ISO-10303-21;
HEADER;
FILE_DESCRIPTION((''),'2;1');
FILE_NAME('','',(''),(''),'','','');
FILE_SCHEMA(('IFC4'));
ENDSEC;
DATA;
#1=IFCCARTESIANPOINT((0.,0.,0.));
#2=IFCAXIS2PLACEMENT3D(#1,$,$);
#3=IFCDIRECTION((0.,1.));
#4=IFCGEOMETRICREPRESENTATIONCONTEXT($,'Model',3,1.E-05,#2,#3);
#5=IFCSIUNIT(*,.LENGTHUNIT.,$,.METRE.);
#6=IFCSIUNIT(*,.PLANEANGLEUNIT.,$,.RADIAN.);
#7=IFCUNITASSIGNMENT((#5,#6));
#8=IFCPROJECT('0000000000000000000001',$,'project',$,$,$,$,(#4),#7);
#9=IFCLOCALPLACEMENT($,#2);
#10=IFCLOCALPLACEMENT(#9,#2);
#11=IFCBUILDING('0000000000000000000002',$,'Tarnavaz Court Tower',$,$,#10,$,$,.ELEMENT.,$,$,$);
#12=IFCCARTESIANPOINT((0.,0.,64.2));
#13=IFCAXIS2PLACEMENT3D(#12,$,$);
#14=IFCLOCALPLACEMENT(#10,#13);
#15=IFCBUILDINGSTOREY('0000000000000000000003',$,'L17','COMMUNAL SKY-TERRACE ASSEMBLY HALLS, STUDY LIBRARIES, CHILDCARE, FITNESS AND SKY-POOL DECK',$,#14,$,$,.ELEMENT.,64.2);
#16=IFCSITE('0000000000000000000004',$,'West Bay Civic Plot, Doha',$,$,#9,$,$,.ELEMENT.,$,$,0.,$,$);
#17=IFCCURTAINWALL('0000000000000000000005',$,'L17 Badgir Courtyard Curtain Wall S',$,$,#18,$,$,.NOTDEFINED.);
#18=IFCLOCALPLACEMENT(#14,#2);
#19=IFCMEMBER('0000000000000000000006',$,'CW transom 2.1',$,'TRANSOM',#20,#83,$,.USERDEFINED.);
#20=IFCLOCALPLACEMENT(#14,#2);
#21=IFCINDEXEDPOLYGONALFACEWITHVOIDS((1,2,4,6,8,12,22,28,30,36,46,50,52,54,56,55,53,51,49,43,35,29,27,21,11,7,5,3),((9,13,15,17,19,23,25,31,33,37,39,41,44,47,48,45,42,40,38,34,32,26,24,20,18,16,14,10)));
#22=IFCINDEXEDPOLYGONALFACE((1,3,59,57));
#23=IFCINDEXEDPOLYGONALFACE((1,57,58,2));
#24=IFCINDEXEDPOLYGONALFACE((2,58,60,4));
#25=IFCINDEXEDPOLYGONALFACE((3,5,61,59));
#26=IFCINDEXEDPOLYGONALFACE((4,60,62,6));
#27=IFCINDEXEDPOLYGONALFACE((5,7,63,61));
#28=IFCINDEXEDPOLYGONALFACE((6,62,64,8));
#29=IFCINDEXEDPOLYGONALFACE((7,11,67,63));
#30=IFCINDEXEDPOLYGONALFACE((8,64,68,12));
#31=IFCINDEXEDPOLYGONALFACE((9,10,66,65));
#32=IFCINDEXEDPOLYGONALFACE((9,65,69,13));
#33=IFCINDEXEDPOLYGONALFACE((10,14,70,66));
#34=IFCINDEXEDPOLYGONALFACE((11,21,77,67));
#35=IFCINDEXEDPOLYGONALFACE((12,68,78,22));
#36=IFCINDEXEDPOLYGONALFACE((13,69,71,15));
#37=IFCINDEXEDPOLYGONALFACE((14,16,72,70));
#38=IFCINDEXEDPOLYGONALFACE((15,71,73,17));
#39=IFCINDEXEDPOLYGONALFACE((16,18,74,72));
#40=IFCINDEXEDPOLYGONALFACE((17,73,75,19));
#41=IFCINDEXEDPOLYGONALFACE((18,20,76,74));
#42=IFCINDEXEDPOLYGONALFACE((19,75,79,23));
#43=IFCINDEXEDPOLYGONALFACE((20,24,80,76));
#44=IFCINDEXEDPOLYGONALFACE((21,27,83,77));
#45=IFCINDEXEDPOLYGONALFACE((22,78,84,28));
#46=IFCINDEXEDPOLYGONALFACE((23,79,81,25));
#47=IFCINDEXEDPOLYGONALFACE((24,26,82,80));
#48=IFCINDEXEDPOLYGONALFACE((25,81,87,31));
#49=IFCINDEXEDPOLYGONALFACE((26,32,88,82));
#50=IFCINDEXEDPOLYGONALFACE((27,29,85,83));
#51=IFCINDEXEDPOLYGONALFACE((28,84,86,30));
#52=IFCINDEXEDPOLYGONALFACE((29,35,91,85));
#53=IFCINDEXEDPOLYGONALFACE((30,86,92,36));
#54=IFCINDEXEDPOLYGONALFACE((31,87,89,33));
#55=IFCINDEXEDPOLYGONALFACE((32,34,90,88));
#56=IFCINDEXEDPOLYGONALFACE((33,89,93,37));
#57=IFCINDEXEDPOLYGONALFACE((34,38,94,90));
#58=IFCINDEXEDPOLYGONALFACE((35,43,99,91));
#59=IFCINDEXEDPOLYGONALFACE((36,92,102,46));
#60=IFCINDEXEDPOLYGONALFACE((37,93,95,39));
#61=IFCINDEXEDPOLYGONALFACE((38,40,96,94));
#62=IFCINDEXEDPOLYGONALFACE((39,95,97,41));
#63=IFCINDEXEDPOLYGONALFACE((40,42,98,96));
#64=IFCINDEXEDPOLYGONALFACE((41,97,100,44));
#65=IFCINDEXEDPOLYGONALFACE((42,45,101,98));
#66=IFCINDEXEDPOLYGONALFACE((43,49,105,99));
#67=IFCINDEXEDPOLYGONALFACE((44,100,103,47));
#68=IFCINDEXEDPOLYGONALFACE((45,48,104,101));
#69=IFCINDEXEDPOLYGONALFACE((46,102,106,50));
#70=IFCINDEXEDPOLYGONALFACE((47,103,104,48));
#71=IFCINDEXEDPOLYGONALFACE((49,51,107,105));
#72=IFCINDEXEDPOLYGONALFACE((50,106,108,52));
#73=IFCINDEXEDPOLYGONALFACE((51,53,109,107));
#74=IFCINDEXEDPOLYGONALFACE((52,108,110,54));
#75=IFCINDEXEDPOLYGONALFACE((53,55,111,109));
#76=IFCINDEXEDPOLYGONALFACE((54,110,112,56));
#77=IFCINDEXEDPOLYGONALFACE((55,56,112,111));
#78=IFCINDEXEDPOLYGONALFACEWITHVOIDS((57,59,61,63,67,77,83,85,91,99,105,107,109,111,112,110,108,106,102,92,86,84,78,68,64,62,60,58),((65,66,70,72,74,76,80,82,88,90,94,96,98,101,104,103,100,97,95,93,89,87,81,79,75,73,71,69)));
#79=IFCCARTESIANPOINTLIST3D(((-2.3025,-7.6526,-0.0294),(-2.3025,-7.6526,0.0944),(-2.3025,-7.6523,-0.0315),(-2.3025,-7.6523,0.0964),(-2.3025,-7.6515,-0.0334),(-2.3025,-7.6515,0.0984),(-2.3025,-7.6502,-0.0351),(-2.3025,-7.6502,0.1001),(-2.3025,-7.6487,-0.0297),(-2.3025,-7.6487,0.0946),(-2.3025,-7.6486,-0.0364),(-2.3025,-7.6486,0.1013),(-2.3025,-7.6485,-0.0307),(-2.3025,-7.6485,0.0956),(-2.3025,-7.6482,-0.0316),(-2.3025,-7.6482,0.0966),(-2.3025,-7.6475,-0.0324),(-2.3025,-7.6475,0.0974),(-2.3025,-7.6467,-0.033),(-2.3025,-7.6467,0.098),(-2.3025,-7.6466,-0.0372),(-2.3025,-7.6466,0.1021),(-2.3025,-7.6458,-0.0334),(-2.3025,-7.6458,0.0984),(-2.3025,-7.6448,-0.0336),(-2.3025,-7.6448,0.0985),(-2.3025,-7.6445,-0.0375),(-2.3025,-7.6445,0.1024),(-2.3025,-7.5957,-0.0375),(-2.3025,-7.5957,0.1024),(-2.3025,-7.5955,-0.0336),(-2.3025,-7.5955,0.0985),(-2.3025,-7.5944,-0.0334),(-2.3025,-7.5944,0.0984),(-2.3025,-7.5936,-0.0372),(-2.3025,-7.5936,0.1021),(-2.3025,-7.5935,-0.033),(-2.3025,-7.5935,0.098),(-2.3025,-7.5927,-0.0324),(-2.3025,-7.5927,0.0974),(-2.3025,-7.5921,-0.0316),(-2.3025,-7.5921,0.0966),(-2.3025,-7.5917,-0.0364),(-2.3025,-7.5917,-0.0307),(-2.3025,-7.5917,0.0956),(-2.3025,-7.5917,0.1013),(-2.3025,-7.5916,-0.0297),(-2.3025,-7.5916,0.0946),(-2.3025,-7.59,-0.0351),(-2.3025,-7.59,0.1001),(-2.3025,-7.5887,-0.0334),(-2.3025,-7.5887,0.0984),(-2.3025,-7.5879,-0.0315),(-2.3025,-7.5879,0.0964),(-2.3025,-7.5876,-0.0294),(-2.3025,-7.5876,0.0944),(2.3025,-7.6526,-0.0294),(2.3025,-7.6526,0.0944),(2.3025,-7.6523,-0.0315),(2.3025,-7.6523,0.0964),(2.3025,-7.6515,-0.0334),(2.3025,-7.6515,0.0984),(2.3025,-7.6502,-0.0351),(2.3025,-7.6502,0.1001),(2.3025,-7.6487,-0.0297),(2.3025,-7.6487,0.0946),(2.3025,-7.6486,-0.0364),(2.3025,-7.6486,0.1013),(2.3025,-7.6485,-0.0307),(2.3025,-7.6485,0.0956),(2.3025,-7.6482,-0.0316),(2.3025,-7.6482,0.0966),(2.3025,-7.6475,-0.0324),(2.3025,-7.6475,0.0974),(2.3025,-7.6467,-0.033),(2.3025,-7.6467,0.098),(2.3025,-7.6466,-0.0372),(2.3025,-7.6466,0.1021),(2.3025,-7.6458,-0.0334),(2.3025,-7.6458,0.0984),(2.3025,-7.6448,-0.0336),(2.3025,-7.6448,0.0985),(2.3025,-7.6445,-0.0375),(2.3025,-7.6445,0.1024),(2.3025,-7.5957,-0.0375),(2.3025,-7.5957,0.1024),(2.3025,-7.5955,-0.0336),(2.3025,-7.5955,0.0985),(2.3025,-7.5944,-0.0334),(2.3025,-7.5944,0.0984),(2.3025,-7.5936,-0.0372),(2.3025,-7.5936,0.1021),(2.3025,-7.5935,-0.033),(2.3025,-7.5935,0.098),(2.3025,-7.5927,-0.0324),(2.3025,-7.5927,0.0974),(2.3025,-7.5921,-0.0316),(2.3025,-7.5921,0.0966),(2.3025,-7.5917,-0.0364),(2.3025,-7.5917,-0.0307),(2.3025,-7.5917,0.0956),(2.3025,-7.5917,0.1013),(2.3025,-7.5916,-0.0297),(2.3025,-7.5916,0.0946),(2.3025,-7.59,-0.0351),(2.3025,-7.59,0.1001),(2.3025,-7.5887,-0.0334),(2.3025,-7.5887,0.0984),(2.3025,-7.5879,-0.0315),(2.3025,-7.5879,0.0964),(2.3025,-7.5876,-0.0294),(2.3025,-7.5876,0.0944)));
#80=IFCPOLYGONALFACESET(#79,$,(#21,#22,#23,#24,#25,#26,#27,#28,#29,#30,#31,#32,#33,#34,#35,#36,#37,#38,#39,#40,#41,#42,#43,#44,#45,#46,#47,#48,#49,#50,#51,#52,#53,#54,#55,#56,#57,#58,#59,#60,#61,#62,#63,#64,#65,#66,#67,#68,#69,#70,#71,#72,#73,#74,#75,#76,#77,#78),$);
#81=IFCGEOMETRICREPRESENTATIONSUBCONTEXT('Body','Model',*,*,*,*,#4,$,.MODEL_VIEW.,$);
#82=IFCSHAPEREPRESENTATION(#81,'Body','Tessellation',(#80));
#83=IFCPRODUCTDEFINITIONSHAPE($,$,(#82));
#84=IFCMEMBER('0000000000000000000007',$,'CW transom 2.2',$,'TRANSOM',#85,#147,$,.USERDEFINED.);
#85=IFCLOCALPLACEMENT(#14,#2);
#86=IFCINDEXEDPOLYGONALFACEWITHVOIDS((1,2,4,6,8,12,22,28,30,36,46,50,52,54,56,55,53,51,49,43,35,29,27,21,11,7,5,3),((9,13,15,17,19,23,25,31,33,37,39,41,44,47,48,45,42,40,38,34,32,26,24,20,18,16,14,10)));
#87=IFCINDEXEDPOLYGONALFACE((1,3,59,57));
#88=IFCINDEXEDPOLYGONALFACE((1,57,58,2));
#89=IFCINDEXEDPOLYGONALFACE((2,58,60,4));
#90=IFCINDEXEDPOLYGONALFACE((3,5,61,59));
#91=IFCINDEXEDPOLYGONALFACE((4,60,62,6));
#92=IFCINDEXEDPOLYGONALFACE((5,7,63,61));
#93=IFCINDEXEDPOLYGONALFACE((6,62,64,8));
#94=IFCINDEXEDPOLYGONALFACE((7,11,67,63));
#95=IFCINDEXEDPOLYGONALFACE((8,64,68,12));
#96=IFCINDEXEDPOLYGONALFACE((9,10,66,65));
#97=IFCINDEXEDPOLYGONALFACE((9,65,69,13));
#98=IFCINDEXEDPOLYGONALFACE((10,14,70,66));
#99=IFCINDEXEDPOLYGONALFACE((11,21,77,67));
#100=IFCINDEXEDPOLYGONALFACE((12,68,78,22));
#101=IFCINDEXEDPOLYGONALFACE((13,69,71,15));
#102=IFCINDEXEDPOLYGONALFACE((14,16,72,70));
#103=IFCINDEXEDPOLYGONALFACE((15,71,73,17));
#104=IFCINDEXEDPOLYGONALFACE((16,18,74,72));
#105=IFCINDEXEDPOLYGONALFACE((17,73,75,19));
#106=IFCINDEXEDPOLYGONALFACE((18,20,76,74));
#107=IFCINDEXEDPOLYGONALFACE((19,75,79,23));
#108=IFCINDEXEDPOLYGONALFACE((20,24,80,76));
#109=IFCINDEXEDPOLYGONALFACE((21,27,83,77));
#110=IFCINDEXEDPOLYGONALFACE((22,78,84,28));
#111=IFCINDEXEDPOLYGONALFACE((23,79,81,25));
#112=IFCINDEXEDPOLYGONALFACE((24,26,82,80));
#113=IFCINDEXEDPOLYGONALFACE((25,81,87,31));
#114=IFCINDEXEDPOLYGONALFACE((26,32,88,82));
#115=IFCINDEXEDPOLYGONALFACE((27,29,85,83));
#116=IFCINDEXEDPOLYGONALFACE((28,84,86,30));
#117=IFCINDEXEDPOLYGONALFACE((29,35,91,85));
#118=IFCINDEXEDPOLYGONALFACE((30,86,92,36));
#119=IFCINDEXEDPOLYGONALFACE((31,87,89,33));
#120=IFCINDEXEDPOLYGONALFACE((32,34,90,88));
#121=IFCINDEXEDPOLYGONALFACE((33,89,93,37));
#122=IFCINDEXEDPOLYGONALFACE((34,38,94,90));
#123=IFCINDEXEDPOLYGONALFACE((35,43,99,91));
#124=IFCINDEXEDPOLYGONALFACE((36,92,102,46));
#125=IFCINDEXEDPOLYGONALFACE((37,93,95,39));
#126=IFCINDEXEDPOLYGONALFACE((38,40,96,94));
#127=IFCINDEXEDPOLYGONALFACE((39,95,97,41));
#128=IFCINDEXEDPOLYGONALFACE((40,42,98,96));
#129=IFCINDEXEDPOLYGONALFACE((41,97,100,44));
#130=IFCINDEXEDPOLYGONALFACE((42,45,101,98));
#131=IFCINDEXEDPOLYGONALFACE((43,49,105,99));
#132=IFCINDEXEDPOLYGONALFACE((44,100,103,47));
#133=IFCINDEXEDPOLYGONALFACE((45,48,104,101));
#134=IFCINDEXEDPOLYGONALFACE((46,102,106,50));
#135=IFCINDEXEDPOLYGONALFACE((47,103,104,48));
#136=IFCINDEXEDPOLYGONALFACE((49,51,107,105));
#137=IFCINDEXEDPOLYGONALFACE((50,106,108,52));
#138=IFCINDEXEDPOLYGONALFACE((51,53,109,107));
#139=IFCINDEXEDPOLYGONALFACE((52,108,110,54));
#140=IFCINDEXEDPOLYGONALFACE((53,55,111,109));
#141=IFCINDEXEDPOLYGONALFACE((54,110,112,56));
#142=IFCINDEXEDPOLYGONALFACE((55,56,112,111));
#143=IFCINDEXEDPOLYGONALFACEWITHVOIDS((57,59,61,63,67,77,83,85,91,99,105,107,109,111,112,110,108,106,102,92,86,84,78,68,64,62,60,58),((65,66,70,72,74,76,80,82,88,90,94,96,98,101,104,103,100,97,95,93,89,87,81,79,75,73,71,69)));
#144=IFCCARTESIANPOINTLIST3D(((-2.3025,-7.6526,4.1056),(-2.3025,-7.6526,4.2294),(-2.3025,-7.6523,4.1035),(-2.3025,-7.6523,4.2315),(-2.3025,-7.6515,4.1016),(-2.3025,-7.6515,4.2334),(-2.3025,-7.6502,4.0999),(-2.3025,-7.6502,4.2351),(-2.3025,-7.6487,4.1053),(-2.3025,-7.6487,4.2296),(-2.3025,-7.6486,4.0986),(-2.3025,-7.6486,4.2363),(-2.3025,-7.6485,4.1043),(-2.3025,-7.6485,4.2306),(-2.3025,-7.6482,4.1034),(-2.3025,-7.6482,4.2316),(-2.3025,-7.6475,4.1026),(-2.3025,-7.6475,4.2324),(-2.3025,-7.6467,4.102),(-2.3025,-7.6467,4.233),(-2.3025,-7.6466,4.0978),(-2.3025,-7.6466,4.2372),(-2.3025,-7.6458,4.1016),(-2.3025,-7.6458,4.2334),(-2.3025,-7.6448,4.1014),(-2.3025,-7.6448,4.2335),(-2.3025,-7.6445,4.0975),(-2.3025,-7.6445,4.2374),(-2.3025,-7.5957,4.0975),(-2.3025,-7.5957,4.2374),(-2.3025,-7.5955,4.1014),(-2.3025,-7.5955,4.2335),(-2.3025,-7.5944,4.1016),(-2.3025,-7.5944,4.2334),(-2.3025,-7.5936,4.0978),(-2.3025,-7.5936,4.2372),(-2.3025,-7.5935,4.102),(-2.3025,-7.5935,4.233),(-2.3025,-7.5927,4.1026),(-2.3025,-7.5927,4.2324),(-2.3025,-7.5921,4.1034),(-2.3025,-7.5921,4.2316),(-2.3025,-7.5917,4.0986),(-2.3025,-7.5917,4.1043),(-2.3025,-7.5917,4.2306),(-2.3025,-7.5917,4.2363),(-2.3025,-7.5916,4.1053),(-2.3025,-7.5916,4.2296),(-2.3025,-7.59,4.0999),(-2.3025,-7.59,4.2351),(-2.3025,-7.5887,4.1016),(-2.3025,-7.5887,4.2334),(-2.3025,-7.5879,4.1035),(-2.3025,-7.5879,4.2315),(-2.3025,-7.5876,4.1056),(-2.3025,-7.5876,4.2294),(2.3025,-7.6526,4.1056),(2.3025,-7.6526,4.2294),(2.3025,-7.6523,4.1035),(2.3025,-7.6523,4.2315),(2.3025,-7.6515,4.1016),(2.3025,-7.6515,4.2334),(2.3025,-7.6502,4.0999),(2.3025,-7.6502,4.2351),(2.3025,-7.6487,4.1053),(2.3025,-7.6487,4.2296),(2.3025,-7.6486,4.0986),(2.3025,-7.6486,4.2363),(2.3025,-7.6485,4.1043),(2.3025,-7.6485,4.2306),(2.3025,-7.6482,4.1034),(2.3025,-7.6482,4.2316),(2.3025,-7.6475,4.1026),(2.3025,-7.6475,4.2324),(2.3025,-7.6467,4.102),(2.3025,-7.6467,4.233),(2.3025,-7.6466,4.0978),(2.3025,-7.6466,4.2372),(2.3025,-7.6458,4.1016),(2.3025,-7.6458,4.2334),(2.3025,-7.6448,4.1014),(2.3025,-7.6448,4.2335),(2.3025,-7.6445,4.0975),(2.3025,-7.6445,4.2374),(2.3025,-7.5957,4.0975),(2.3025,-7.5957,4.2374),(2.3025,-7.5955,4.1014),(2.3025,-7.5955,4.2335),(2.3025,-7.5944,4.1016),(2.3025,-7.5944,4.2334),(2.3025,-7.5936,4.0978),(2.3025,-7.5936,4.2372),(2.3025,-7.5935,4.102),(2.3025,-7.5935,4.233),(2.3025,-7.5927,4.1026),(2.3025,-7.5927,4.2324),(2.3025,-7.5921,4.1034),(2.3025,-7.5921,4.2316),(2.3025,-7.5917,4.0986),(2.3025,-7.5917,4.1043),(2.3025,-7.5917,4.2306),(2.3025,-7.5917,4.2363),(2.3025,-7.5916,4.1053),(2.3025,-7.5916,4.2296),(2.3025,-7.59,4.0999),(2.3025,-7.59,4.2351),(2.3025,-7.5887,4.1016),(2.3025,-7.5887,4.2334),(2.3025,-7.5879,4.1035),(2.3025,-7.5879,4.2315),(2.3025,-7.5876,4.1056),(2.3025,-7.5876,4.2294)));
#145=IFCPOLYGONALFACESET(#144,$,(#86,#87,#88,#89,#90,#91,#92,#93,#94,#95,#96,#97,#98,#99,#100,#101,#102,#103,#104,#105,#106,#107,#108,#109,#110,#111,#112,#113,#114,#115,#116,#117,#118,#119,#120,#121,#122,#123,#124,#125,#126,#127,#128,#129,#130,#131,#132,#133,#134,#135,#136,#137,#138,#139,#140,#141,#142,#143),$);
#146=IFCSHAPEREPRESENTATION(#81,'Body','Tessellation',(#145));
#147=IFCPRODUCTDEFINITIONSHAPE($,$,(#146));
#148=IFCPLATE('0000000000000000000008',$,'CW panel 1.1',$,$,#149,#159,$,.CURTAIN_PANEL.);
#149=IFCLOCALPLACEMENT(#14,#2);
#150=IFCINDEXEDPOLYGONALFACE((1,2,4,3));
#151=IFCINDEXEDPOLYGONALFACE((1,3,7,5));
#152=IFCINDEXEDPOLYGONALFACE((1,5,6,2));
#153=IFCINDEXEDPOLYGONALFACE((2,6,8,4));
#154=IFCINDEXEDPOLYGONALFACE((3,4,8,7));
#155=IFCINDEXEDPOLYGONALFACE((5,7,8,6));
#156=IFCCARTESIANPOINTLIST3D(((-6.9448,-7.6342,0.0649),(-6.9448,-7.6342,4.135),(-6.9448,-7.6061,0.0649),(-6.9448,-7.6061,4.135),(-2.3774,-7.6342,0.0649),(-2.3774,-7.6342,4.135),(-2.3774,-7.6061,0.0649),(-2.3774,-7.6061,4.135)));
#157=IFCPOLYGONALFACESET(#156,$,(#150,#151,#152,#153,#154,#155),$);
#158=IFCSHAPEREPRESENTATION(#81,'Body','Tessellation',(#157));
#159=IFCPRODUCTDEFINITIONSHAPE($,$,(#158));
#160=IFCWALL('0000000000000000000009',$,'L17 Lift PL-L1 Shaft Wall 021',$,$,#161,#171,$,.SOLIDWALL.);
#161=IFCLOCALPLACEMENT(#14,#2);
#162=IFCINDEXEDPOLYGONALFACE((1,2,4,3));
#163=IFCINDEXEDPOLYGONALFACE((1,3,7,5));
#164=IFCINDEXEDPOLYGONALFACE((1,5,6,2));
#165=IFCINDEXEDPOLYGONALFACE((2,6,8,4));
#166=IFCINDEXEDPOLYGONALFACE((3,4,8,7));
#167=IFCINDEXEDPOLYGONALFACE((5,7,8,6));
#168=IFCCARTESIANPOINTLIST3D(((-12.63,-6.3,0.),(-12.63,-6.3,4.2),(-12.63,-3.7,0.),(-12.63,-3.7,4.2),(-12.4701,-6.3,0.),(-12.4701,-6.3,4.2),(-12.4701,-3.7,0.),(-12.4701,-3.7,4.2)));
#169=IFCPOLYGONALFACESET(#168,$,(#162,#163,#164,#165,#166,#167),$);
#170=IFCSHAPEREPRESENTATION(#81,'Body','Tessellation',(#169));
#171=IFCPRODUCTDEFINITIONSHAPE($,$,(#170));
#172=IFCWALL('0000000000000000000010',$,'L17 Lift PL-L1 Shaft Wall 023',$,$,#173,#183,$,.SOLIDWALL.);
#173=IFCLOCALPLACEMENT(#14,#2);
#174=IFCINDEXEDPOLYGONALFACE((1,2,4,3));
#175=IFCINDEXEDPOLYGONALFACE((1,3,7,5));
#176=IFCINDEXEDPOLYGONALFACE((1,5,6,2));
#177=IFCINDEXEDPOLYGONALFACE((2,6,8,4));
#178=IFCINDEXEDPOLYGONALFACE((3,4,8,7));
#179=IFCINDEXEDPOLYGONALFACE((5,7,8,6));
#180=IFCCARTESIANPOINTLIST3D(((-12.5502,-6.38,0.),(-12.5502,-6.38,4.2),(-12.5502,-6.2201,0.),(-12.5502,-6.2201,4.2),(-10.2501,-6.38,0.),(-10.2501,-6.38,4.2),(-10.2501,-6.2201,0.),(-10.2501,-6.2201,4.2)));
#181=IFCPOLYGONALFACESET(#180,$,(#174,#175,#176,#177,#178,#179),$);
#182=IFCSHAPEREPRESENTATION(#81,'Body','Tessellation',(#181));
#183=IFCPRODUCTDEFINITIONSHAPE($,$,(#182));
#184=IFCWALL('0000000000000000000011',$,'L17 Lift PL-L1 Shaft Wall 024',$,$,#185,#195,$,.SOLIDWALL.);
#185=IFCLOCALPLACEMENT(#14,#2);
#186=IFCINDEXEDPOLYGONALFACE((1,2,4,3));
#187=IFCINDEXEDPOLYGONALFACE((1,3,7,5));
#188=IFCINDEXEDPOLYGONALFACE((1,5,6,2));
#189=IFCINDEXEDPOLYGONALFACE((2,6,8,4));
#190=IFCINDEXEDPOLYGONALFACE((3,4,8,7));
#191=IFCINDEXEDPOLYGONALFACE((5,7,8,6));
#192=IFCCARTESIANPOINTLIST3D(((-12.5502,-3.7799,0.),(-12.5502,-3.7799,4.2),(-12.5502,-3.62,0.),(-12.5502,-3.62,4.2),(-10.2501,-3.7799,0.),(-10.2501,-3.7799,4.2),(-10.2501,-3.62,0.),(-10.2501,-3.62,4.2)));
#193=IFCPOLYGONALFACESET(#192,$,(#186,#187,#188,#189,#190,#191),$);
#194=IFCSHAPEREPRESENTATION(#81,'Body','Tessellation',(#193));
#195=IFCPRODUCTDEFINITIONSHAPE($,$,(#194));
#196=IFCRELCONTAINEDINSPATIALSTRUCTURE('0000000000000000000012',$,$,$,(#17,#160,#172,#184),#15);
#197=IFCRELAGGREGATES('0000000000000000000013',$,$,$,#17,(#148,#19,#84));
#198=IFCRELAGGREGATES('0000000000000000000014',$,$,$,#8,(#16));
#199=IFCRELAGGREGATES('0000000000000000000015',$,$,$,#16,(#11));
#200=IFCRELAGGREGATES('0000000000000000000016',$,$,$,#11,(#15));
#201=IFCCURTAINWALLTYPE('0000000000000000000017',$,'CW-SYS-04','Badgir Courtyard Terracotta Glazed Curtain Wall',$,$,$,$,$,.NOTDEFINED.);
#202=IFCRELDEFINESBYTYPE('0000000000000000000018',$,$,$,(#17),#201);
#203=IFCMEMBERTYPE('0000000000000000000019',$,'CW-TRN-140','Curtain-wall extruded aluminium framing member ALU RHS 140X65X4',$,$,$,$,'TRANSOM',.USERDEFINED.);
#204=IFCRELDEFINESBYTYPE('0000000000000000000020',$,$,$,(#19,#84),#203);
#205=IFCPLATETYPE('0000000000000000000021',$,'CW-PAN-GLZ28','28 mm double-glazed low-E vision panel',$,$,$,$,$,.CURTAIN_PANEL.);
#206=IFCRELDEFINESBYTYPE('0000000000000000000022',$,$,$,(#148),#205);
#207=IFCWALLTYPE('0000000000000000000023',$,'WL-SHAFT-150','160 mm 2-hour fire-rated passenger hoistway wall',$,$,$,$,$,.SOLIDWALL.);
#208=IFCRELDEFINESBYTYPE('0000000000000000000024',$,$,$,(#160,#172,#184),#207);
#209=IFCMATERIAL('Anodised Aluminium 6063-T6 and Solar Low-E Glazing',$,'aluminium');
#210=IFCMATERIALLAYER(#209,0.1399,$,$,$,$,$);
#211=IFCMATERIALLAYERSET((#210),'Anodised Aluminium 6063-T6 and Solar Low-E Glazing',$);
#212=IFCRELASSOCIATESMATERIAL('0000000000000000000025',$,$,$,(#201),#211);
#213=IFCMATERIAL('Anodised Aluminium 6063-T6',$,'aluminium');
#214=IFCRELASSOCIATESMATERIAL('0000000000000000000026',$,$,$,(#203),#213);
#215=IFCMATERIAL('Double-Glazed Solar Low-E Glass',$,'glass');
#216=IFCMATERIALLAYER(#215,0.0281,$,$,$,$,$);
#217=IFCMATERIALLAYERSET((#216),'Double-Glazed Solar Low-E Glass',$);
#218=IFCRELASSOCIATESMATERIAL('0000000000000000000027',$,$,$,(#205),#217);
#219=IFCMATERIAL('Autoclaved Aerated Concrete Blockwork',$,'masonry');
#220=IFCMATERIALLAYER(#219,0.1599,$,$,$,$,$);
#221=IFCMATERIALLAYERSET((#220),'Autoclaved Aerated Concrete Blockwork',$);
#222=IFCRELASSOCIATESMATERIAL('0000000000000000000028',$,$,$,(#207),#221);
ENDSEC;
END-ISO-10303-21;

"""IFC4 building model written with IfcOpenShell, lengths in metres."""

from ifc_helpers import new_model, si_unit, direction, frame, frame_2d, origin, origin_2d, place, context, subcontext, project, spatial, rectangle, hollow_rectangle, extrude, material, layer, layer_set, material_profile, profile_set, type_object, element, aggregate, save


model = new_model("IFC4")

# Units and contexts
model_context = context("Model", 3, precision=1e-05, world=origin(), true_north=direction((0.0, 1.0)))
body_context = subcontext(model_context, "Body", "Model", "MODEL_VIEW")
ifc_project = project(units=[si_unit("LENGTHUNIT", "METRE"), si_unit("PLANEANGLEUNIT", "RADIAN")], contexts=[model_context])

# Site, building, storey
site_placement = place(None, origin())
site = spatial("IfcSite", under=ifc_project, at=site_placement, Name="West Bay Civic Plot, Doha", CompositionType="ELEMENT", RefElevation=0.0)
building_placement = place(site_placement, origin())
building = spatial("IfcBuilding", under=site, at=building_placement, Name="Tarnavaz Court Tower", CompositionType="ELEMENT")
storey_placement = place(building_placement, frame((0.0, 0.0, 64.2)))
storey = spatial("IfcBuildingStorey", under=building, at=storey_placement, Name="L17", Description="COMMUNAL SKY-TERRACE ASSEMBLY HALLS, STUDY LIBRARIES, CHILDCARE, FITNESS AND SKY-POOL DECK", CompositionType="ELEMENT", Elevation=64.2)

# Curtain wall, members, plate
ifc_material_1 = material(Name="Anodised Aluminium 6063-T6 and Solar Low-E Glazing", Category="aluminium")
ifc_layer_1 = layer(ifc_material_1, 0.1399)
ifc_layer_set_1 = layer_set([ifc_layer_1], Name="Anodised Aluminium 6063-T6 and Solar Low-E Glazing")
curtain_wall_type = type_object("IfcCurtainWallType", Name="CW-SYS-04", Description="Badgir Courtyard Terracotta Glazed Curtain Wall", PredefinedType="NOTDEFINED", material=ifc_layer_set_1)
curtain_wall_placement = place(storey_placement, origin())
curtain_wall = element("IfcCurtainWall", 1, at=curtain_wall_placement, inside=storey, type_object=curtain_wall_type, Name="L17 Badgir Courtyard Curtain Wall S", PredefinedType="NOTDEFINED")
ifc_material_2 = material(Name="Anodised Aluminium 6063-T6", Category="aluminium")
ifc_material_profile_1 = material_profile(ifc_material_2, hollow_rectangle(XDim=0.0649, YDim=0.1399, WallThickness=0.0039, InnerFilletRadius=0.0039, OuterFilletRadius=0.0081, at=origin_2d()), Name="ALU RHS 140X65X4")
ifc_profile_set_1 = profile_set([ifc_material_profile_1], Name="Anodised Aluminium 6063-T6")
member_type_1 = type_object("IfcMemberType", Name="CW-TRN-140", Description="Curtain-wall extruded aluminium framing member ALU RHS 140X65X4", ElementType="TRANSOM", PredefinedType="USERDEFINED", material=ifc_profile_set_1)
member_1_placement = place(storey_placement, frame((-2.3025, -7.6201, 0.0325), z_axis=(1.0, 0.0, 0.0), x_axis=(0.0, 1.0, 0.0)))
member_1 = element("IfcMember", 2, at=member_1_placement, type_object=member_type_1, Name="CW transom 2.1", ObjectType="TRANSOM", PredefinedType="USERDEFINED", context=body_context, shape_type="SweptSolid", body=[
    extrude(hollow_rectangle(XDim=0.0649, YDim=0.1399, WallThickness=0.0039, InnerFilletRadius=0.0039, OuterFilletRadius=0.0081, at=origin_2d()), origin(), (0.0, 0.0, 1.0), 4.605),
])
member_2_placement = place(storey_placement, frame((-2.3025, -7.6201, 4.1675), z_axis=(1.0, 0.0, 0.0), x_axis=(0.0, 1.0, 0.0)))
member_2 = element("IfcMember", 3, at=member_2_placement, type_object=member_type_1, Name="CW transom 2.2", ObjectType="TRANSOM", PredefinedType="USERDEFINED", context=body_context, shape_type="SweptSolid", body=[
    extrude(hollow_rectangle(XDim=0.0649, YDim=0.1399, WallThickness=0.0039, InnerFilletRadius=0.0039, OuterFilletRadius=0.0081, at=origin_2d()), origin(), (0.0, 0.0, 1.0), 4.605),
])
ifc_material_3 = material(Name="Double-Glazed Solar Low-E Glass", Category="glass")
ifc_layer_2 = layer(ifc_material_3, 0.0281)
ifc_layer_set_2 = layer_set([ifc_layer_2], Name="Double-Glazed Solar Low-E Glass")
plate_type = type_object("IfcPlateType", Name="CW-PAN-GLZ28", Description="28 mm double-glazed low-E vision panel", PredefinedType="CURTAIN_PANEL", material=ifc_layer_set_2)
plate_placement = place(storey_placement, frame((-4.6611, -7.6201, 0.0649), z_axis=(0.0, 0.0, 1.0), x_axis=(1.0, 0.0, 0.0)))
plate = element("IfcPlate", 4, at=plate_placement, type_object=plate_type, Name="CW panel 1.1", PredefinedType="CURTAIN_PANEL", context=body_context, shape_type="SweptSolid", body=[
    extrude(rectangle(XDim=4.5674, YDim=0.0281, at=origin_2d()), origin(), (0.0, 0.0, 1.0), 4.0701),
])
aggregate(curtain_wall, [plate, member_1, member_2])

# Wall
ifc_material_4 = material(Name="Autoclaved Aerated Concrete Blockwork", Category="masonry")
ifc_layer_3 = layer(ifc_material_4, 0.1599)
ifc_layer_set_3 = layer_set([ifc_layer_3], Name="Autoclaved Aerated Concrete Blockwork")
wall_type = type_object("IfcWallType", Name="WL-SHAFT-150", Description="160 mm 2-hour fire-rated passenger hoistway wall", PredefinedType="SOLIDWALL", material=ifc_layer_set_3)
wall_1_placement = place(storey_placement, frame((-12.55, -6.3, 0.0), z_axis=(0.0, 0.0, 1.0), x_axis=(0.0, 1.0, 0.0)))
element("IfcWall", 5, at=wall_1_placement, inside=storey, type_object=wall_type, Name="L17 Lift PL-L1 Shaft Wall 021", PredefinedType="SOLIDWALL", context=body_context, shape_type="SweptSolid", body=[
    extrude(rectangle(XDim=2.6001, YDim=0.1599, at=frame_2d((1.3, 0.0))), origin(), (0.0, 0.0, 1.0), 4.2),
])

# Walls
for number, where, z_axis, x_axis, name in (
    (6, (-12.55, -6.3, 0.0), (0.0, 0.0, 1.0), (1.0, 0.0, 0.0), "L17 Lift PL-L1 Shaft Wall 023"),
    (7, (-12.55, -3.7, 0.0), (0.0, 0.0, 1.0), (1.0, 0.0, 0.0), "L17 Lift PL-L1 Shaft Wall 024"),
):
    element("IfcWall", number, at=place(storey_placement, frame(where, z_axis=z_axis, x_axis=x_axis)), inside=storey, type_object=wall_type, Name=name, PredefinedType="SOLIDWALL", context=body_context, shape_type="SweptSolid", body=[
        extrude(rectangle(XDim=2.3, YDim=0.1599, at=frame_2d((1.1499, 0.0))), origin(), (0.0, 0.0, 1.0), 4.2),
    ])

save(model, "model.ifc")
